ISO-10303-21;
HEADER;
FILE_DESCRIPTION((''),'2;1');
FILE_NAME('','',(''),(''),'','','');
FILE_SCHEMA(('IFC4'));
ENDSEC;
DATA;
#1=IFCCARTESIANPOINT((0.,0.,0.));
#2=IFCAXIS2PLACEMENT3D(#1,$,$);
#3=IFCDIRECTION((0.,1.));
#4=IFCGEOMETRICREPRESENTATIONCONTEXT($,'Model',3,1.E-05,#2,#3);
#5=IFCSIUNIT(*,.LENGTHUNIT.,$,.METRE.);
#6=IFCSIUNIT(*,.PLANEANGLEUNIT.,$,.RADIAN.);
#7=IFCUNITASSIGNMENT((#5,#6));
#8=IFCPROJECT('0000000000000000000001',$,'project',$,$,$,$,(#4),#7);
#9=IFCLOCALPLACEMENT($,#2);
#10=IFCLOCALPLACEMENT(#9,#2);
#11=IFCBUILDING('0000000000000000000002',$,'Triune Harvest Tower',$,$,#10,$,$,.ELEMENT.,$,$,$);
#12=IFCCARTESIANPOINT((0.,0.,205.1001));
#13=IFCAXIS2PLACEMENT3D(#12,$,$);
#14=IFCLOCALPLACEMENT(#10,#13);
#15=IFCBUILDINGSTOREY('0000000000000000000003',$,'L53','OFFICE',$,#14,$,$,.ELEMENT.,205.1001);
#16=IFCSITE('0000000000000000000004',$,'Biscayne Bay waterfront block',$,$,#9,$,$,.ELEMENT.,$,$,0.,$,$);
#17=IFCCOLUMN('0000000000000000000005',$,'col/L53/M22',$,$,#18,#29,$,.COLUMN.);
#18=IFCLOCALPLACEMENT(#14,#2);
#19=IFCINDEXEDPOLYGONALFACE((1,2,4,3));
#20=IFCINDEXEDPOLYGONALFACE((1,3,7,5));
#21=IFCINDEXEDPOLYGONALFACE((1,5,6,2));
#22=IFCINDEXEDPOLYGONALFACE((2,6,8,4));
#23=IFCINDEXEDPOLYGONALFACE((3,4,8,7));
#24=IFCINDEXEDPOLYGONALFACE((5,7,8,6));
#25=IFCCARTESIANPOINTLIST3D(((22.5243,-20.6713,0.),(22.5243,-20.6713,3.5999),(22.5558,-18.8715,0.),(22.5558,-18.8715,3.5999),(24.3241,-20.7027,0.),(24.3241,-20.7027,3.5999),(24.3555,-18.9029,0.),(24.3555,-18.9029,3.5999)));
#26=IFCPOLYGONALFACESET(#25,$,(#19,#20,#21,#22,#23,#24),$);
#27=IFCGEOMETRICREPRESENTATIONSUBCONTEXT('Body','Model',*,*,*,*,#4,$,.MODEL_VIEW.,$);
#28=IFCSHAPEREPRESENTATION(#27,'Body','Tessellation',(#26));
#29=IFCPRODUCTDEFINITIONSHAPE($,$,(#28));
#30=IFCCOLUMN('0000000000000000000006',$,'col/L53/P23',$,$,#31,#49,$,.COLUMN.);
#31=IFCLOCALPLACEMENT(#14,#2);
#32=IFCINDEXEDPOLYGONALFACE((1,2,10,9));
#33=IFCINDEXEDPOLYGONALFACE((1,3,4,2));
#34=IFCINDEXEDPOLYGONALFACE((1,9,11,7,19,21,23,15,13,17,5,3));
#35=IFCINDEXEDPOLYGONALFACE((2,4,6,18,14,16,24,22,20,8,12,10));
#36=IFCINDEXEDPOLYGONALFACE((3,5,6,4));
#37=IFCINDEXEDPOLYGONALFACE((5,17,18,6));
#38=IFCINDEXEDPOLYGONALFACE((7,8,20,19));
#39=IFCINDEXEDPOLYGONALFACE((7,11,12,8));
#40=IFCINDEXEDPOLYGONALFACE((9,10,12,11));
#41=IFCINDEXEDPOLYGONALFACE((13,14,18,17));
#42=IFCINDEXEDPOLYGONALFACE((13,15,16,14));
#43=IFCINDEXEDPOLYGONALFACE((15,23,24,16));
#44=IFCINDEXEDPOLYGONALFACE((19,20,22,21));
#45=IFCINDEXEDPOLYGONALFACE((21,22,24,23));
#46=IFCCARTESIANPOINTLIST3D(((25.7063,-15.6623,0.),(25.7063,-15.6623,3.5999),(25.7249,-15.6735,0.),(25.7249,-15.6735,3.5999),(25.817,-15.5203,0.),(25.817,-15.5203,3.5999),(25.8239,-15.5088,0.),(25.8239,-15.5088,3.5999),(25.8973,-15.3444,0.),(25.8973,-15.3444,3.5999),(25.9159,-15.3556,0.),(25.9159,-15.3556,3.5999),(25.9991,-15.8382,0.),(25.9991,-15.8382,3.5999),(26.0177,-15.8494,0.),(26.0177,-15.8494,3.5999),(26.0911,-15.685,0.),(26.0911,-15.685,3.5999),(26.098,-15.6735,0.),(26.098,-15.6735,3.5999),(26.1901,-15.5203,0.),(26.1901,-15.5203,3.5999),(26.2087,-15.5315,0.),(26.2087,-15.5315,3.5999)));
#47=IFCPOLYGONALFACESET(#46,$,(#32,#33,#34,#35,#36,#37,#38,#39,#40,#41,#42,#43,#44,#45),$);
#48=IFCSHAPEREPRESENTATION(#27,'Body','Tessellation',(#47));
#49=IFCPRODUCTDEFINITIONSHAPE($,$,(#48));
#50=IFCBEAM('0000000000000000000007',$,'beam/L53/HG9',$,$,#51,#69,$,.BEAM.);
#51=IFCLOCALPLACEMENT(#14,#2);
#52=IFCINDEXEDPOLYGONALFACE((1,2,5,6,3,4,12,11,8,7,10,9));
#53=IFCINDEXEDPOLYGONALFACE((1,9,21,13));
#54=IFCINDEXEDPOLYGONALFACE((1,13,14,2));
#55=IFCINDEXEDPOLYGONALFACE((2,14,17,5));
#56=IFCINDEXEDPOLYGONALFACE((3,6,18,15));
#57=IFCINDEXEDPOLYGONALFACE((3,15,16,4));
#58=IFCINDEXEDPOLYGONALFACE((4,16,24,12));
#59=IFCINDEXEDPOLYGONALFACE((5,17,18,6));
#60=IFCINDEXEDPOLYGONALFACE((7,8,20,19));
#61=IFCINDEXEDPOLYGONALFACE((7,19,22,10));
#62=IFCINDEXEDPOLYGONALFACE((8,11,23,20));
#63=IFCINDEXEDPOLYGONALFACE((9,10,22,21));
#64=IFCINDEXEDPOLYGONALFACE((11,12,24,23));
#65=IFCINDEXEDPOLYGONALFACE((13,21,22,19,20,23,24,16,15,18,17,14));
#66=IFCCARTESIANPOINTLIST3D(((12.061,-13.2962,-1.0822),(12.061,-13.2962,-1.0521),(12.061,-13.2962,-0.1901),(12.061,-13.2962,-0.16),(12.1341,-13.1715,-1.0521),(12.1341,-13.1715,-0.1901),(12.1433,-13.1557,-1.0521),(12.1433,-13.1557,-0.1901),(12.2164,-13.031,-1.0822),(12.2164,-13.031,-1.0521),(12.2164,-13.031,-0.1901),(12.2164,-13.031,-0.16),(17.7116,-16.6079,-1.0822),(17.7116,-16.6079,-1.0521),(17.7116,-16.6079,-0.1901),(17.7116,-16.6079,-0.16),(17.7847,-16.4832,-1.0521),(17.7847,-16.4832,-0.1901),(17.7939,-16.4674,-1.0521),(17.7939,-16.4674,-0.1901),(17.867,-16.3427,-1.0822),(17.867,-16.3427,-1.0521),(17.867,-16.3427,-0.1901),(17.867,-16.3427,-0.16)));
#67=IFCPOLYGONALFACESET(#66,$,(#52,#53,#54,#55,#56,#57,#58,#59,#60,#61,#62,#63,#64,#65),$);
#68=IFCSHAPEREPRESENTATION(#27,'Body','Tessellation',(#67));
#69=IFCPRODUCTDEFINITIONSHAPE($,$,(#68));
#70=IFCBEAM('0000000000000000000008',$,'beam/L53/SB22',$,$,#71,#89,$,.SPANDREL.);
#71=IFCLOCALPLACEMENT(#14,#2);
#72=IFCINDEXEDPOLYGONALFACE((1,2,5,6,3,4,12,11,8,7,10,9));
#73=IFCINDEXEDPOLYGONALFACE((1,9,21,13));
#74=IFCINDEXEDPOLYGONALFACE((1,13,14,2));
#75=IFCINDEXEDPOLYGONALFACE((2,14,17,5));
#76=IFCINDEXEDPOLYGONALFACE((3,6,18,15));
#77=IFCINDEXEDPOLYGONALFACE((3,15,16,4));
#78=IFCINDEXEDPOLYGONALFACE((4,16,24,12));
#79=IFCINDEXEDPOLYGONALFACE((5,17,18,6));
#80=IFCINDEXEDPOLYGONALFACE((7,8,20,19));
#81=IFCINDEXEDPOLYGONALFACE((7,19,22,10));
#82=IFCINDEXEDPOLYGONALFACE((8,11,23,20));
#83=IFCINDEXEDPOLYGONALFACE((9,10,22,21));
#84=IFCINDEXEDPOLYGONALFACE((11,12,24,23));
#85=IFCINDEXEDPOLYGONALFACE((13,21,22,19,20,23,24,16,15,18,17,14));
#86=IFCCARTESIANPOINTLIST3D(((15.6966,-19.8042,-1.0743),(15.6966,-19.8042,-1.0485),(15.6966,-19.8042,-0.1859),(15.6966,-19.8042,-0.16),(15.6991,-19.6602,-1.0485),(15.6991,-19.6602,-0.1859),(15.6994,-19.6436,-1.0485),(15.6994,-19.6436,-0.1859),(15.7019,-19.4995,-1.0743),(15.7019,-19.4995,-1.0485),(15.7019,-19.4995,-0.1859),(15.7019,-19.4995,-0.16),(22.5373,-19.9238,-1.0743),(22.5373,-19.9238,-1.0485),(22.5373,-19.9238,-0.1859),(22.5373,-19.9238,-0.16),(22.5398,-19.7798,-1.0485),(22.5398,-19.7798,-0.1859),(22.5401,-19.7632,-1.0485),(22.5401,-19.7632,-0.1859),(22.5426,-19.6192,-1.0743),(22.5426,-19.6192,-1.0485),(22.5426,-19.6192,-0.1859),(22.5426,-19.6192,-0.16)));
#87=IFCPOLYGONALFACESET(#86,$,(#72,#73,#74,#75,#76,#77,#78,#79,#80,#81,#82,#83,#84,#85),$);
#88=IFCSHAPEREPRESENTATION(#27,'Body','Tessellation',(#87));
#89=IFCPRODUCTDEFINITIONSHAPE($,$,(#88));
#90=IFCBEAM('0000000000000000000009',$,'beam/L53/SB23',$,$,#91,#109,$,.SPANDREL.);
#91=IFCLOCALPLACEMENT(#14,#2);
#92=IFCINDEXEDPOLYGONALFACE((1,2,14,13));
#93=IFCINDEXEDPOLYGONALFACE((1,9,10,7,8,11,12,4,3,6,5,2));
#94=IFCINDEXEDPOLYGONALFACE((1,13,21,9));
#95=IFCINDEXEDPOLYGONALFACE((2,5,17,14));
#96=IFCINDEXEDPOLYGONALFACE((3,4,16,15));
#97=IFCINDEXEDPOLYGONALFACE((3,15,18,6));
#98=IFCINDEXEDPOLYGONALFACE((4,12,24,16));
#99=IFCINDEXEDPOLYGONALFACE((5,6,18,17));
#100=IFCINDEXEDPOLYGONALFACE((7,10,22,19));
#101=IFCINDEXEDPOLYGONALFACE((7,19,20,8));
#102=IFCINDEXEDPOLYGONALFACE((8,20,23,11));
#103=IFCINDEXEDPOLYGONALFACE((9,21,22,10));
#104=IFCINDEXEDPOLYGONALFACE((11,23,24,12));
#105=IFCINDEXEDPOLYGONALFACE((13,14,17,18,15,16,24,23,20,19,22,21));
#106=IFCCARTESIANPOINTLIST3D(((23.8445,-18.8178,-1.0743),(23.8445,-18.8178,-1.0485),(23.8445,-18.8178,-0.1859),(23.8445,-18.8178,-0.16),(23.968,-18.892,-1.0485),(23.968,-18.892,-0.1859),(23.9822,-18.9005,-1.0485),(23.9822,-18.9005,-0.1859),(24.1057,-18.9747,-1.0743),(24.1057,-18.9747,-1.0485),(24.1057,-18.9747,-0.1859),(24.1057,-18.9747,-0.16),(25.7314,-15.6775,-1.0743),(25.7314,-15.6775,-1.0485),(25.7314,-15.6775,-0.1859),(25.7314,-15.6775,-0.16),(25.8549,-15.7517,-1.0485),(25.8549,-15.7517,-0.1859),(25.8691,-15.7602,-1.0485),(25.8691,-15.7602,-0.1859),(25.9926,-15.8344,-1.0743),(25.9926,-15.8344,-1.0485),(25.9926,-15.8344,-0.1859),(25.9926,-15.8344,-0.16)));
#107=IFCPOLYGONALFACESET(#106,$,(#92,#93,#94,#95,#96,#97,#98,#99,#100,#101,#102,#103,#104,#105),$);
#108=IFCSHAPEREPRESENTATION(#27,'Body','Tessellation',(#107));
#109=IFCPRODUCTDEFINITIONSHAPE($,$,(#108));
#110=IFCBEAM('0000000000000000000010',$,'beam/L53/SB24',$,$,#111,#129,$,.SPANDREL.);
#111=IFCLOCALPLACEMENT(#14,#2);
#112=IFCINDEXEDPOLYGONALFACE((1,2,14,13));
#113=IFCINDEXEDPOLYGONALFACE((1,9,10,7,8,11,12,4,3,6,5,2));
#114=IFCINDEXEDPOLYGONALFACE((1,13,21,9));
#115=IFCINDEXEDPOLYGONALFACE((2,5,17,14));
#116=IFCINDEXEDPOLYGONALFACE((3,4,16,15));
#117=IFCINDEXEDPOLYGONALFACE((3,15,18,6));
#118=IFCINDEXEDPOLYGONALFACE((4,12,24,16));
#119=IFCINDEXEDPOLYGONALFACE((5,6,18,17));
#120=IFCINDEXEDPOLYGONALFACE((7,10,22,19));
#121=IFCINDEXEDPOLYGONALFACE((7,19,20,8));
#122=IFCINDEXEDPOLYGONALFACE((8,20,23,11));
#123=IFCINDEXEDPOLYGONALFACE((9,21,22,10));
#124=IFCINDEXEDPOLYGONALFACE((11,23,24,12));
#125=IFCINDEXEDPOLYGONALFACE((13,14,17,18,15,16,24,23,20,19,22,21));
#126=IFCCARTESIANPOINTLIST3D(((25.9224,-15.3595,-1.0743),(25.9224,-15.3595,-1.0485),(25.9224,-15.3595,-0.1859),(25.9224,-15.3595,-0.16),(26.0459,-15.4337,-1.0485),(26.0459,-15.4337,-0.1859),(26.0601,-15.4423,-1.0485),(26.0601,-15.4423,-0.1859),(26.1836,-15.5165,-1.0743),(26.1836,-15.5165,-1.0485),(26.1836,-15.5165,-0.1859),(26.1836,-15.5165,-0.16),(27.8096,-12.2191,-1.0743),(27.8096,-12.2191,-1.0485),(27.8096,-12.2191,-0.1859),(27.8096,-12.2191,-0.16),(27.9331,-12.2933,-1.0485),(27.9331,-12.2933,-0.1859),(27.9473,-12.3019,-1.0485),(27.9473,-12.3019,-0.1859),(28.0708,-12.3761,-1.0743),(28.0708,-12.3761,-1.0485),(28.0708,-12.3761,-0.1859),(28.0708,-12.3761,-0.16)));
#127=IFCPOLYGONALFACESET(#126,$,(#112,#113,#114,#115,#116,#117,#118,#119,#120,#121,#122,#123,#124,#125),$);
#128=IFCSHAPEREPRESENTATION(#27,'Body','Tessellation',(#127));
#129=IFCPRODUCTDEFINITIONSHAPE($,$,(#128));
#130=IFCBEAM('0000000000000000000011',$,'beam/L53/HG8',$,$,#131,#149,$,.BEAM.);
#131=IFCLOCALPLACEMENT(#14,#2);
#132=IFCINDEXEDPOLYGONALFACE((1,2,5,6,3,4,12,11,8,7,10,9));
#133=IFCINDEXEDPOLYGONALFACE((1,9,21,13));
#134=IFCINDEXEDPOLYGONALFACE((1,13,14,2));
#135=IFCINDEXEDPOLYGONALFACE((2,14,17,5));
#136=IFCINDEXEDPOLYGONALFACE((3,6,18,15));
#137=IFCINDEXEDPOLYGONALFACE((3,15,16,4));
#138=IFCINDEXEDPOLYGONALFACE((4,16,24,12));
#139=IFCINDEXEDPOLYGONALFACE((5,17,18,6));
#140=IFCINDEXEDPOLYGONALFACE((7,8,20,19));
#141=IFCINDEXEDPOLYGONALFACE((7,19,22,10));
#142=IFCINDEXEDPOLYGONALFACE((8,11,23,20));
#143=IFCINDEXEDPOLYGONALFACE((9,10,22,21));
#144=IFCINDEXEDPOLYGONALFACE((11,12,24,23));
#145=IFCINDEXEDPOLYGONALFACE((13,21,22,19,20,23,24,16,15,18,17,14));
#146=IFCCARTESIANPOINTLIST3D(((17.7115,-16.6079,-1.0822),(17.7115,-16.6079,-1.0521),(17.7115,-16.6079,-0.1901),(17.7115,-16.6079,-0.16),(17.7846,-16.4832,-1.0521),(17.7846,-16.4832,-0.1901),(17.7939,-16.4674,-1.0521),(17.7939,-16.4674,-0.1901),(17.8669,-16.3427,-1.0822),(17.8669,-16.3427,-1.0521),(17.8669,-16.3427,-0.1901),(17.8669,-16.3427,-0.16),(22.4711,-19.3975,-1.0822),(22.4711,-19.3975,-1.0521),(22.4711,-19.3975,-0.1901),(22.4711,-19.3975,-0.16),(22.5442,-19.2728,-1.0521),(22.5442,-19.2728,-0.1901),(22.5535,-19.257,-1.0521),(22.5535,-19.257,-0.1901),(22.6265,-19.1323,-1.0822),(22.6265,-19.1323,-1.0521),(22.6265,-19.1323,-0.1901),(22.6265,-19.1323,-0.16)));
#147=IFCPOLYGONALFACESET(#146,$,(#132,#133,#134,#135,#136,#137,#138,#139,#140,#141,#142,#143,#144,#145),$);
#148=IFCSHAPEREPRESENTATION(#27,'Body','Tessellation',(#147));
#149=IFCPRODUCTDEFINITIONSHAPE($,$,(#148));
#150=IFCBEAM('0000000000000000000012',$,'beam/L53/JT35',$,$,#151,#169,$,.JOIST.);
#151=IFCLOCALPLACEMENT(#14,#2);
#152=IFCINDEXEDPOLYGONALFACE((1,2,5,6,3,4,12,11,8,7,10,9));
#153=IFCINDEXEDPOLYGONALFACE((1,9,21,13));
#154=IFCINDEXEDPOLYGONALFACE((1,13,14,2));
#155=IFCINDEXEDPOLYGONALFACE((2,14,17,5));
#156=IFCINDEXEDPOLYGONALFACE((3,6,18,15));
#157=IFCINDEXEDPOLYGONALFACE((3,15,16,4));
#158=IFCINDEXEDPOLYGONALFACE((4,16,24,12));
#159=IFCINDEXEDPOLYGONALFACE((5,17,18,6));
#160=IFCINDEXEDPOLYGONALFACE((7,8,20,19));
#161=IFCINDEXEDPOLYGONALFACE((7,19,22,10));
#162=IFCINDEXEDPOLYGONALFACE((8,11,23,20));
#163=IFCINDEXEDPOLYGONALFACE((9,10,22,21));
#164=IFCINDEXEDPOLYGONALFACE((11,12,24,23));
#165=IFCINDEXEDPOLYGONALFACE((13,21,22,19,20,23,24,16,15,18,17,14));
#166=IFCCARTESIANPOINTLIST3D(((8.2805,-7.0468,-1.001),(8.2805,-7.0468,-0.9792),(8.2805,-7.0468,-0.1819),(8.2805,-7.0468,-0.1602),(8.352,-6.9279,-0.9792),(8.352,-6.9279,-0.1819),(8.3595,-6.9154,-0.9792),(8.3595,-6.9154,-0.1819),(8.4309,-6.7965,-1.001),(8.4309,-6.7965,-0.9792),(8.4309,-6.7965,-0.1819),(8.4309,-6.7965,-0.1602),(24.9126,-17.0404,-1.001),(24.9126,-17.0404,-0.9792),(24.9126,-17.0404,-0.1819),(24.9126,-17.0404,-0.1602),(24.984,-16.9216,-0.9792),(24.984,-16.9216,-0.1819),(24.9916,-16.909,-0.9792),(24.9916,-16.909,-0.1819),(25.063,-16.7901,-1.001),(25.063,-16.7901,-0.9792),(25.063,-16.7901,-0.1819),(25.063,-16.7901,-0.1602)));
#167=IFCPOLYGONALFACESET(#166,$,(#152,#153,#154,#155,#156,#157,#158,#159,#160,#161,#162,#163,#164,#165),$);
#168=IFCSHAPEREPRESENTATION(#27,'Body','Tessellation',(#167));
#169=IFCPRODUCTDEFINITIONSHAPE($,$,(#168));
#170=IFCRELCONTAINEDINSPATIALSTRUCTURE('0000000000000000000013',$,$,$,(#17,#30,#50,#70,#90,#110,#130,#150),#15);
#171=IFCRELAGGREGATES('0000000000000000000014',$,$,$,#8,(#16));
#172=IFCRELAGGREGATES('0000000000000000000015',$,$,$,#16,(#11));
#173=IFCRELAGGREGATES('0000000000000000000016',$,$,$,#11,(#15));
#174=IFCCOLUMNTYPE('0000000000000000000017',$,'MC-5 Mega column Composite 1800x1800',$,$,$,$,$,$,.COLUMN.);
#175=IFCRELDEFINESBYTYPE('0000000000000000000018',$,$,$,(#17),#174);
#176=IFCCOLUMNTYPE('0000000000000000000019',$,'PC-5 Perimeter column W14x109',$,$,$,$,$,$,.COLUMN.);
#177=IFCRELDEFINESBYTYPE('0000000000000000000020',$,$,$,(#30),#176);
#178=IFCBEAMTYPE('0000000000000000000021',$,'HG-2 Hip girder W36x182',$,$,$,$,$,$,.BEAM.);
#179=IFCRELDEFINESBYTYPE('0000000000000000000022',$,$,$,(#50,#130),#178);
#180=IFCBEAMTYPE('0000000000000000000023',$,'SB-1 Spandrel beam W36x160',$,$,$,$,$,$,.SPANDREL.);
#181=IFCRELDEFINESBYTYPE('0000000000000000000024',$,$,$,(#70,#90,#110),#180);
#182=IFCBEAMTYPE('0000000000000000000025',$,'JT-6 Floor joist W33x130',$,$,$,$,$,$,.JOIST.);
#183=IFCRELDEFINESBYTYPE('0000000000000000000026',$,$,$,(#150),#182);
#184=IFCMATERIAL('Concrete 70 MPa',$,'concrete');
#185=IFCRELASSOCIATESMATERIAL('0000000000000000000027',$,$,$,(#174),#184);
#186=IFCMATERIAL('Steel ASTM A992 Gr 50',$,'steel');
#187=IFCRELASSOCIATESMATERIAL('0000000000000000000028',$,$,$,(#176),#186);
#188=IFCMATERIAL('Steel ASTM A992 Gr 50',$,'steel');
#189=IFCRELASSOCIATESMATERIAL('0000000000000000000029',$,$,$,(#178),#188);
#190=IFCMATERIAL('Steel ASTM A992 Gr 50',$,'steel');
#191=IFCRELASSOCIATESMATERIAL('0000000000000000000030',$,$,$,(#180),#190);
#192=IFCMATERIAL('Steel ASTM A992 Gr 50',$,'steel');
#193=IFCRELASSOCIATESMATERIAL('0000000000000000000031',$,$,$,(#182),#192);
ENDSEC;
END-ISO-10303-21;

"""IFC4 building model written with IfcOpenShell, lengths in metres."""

from ifc_helpers import new_model, si_unit, direction, frame, origin, origin_2d, place, context, subcontext, project, spatial, rectangle, i_section, extrude, source, transform, mapped, material, material_profile, profile_set, type_object, element, save


model = new_model("IFC4")

# Units and contexts
model_context = context("Model", 3, precision=1e-05, world=origin(), true_north=direction((0.0, 1.0)))
body_context = subcontext(model_context, "Body", "Model", "MODEL_VIEW")
ifc_project = project(units=[si_unit("LENGTHUNIT", "METRE"), si_unit("PLANEANGLEUNIT", "RADIAN")], contexts=[model_context])

# Site, building, storey
site_placement = place(None, origin())
site = spatial("IfcSite", under=ifc_project, at=site_placement, Name="Biscayne Bay waterfront block", CompositionType="ELEMENT", RefElevation=0.0)
building_placement = place(site_placement, origin())
building = spatial("IfcBuilding", under=site, at=building_placement, Name="Triune Harvest Tower", CompositionType="ELEMENT")
storey_placement = place(building_placement, frame((0.0, 0.0, 205.1001)))
storey = spatial("IfcBuildingStorey", under=building, at=storey_placement, Name="L53", Description="OFFICE", CompositionType="ELEMENT", Elevation=205.1001)

# Columns
ifc_material_1 = material(Name="Concrete 70 MPa", Category="concrete")
ifc_material_profile_1 = material_profile(ifc_material_1, rectangle(XDim=1.8, YDim=1.8, at=origin_2d()), Name="Composite 1800x1800")
ifc_profile_set_1 = profile_set([ifc_material_profile_1], Name="Concrete 70 MPa")
column_type_1 = type_object("IfcColumnType", Name="MC-5 Mega column Composite 1800x1800", PredefinedType="COLUMN", material=ifc_profile_set_1)
shared_shape_1 = source(origin(), body_context, "Body", "SweptSolid", [
    extrude(rectangle(XDim=1.8, YDim=1.8, at=origin_2d()), origin(), (0.0, 0.0, 1.0), 3.5999),
])
column_1_placement = place(storey_placement, frame((23.4399, -19.7871, 0.0), z_axis=(0.0, 0.0, 1.0), x_axis=(0.999848, -0.017452, 0.0)))
element("IfcColumn", 1, at=column_1_placement, inside=storey, type_object=column_type_1, Name="col/L53/M22", PredefinedType="COLUMN", context=body_context, shape_type="MappedRepresentation", body=[
    mapped(shared_shape_1, transform((0.0, 0.0, 0.0), scale=1.0)),
])
ifc_material_2 = material(Name="Steel ASTM A992 Gr 50", Category="steel")
ifc_material_profile_2 = material_profile(ifc_material_2, i_section(OverallWidth=0.3708, OverallDepth=0.3633, WebThickness=0.0134, FlangeThickness=0.0217, at=origin_2d()), Name="W14x109")
ifc_profile_set_2 = profile_set([ifc_material_profile_2], Name="Steel ASTM A992 Gr 50")
column_type_2 = type_object("IfcColumnType", Name="PC-5 Perimeter column W14x109", PredefinedType="COLUMN", material=ifc_profile_set_2)
shared_shape_2 = source(origin(), body_context, "Body", "SweptSolid", [
    extrude(i_section(OverallWidth=0.3708, OverallDepth=0.3633, WebThickness=0.0134, FlangeThickness=0.0217, at=origin_2d()), origin(), (0.0, 0.0, 1.0), 3.5999),
])
column_2_placement = place(storey_placement, frame((25.9575, -15.5969, 0.0), z_axis=(0.0, 0.0, 1.0), x_axis=(0.51504, 0.857166, 0.0)))
element("IfcColumn", 2, at=column_2_placement, inside=storey, type_object=column_type_2, Name="col/L53/P23", PredefinedType="COLUMN", context=body_context, shape_type="MappedRepresentation", body=[
    mapped(shared_shape_2, transform((0.0, 0.0, 0.0), scale=1.0)),
])

# Beams
ifc_material_3 = material(Name="Steel ASTM A992 Gr 50", Category="steel")
ifc_material_profile_3 = material_profile(ifc_material_3, i_section(OverallWidth=0.3074, OverallDepth=0.9221, WebThickness=0.0183, FlangeThickness=0.03, at=origin_2d()), Name="W36x182")
ifc_profile_set_3 = profile_set([ifc_material_profile_3], Name="Steel ASTM A992 Gr 50")
beam_type_1 = type_object("IfcBeamType", Name="HG-2 Hip girder W36x182", PredefinedType="BEAM", material=ifc_profile_set_3)
shared_shape_3 = source(origin(), body_context, "Body", "SweptSolid", [
    extrude(i_section(OverallWidth=0.3074, OverallDepth=0.9221, WebThickness=0.0183, FlangeThickness=0.03, at=origin_2d()), origin(), (0.0, 0.0, 1.0), 6.5496),
])
beam_1_placement = place(storey_placement, frame((17.7893, -16.4753, -0.6211), z_axis=(-0.862743, 0.505643, 0.0), x_axis=(-0.505643, -0.862743, 0.0)))
element("IfcBeam", 3, at=beam_1_placement, inside=storey, type_object=beam_type_1, Name="beam/L53/HG9", PredefinedType="BEAM", context=body_context, shape_type="MappedRepresentation", body=[
    mapped(shared_shape_3, transform((0.0, 0.0, 0.0), scale=1.0)),
])
ifc_material_4 = material(Name="Steel ASTM A992 Gr 50", Category="steel")
ifc_material_profile_4 = material_profile(ifc_material_4, i_section(OverallWidth=0.3047, OverallDepth=0.9143, WebThickness=0.0166, FlangeThickness=0.0259, at=origin_2d()), Name="W36x160")
ifc_profile_set_4 = profile_set([ifc_material_profile_4], Name="Steel ASTM A992 Gr 50")
beam_type_2 = type_object("IfcBeamType", Name="SB-1 Spandrel beam W36x160", PredefinedType="SPANDREL", material=ifc_profile_set_4)
shared_shape_4 = source(origin(), body_context, "Body", "SweptSolid", [
    extrude(i_section(OverallWidth=0.3047, OverallDepth=0.9143, WebThickness=0.0166, FlangeThickness=0.0259, at=origin_2d()), origin(), (0.0, 0.0, 1.0), 6.8418),
])
beam_2_placement = place(storey_placement, frame((15.6992, -19.6519, -0.6172), z_axis=(0.999847, -0.017485, 0.0), x_axis=(0.017485, 0.999847, 0.0)))
element("IfcBeam", 4, at=beam_2_placement, inside=storey, type_object=beam_type_2, Name="beam/L53/SB22", PredefinedType="SPANDREL", context=body_context, shape_type="MappedRepresentation", body=[
    mapped(shared_shape_4, transform((0.0, 0.0, 0.0), scale=1.0)),
])
shared_shape_5 = source(origin(), body_context, "Body", "SweptSolid", [
    extrude(i_section(OverallWidth=0.3047, OverallDepth=0.9143, WebThickness=0.0166, FlangeThickness=0.0259, at=origin_2d()), origin(), (0.0, 0.0, 1.0), 3.6636),
])
beam_3_placement = place(storey_placement, frame((23.9751, -18.8962, -0.6172), z_axis=(0.515044, 0.857163, 0.0), x_axis=(-0.857163, 0.515044, 0.0)))
element("IfcBeam", 5, at=beam_3_placement, inside=storey, type_object=beam_type_2, Name="beam/L53/SB23", PredefinedType="SPANDREL", context=body_context, shape_type="MappedRepresentation", body=[
    mapped(shared_shape_5, transform((0.0, 0.0, 0.0), scale=1.0)),
])
shared_shape_6 = source(origin(), body_context, "Body", "SweptSolid", [
    extrude(i_section(OverallWidth=0.3047, OverallDepth=0.9143, WebThickness=0.0166, FlangeThickness=0.0259, at=origin_2d()), origin(), (0.0, 0.0, 1.0), 3.6638),
])
beam_4_placement = place(storey_placement, frame((26.053, -15.438, -0.6172), z_axis=(0.515093, 0.857134, 0.0), x_axis=(-0.857134, 0.515093, 0.0)))
element("IfcBeam", 6, at=beam_4_placement, inside=storey, type_object=beam_type_2, Name="beam/L53/SB24", PredefinedType="SPANDREL", context=body_context, shape_type="MappedRepresentation", body=[
    mapped(shared_shape_6, transform((0.0, 0.0, 0.0), scale=1.0)),
])
shared_shape_7 = source(origin(), body_context, "Body", "SweptSolid", [
    extrude(i_section(OverallWidth=0.3074, OverallDepth=0.9221, WebThickness=0.0183, FlangeThickness=0.03, at=origin_2d()), origin(), (0.0, 0.0, 1.0), 5.5168),
])
beam_5_placement = place(storey_placement, frame((22.5488, -19.2649, -0.6211), z_axis=(-0.862739, 0.50565, 0.0), x_axis=(-0.50565, -0.862739, 0.0)))
element("IfcBeam", 7, at=beam_5_placement, inside=storey, type_object=beam_type_1, Name="beam/L53/HG8", PredefinedType="BEAM", context=body_context, shape_type="MappedRepresentation", body=[
    mapped(shared_shape_7, transform((0.0, 0.0, 0.0), scale=1.0)),
])
ifc_material_5 = material(Name="Steel ASTM A992 Gr 50", Category="steel")
ifc_material_profile_5 = material_profile(ifc_material_5, i_section(OverallWidth=0.292, OverallDepth=0.8408, WebThickness=0.0146, FlangeThickness=0.0217, at=origin_2d()), Name="W33x130")
ifc_profile_set_5 = profile_set([ifc_material_profile_5], Name="Steel ASTM A992 Gr 50")
beam_type_3 = type_object("IfcBeamType", Name="JT-6 Floor joist W33x130", PredefinedType="JOIST", material=ifc_profile_set_5)
shared_shape_8 = source(origin(), body_context, "Body", "SweptSolid", [
    extrude(i_section(OverallWidth=0.292, OverallDepth=0.8408, WebThickness=0.0146, FlangeThickness=0.0217, at=origin_2d()), origin(), (0.0, 0.0, 1.0), 19.4036),
])
beam_6_placement = place(storey_placement, frame((24.9878, -16.9153, -0.5806), z_axis=(-0.857165, 0.515041, 0.0), x_axis=(-0.515041, -0.857165, 0.0)))
element("IfcBeam", 8, at=beam_6_placement, inside=storey, type_object=beam_type_3, Name="beam/L53/JT35", PredefinedType="JOIST", context=body_context, shape_type="MappedRepresentation", body=[
    mapped(shared_shape_8, transform((0.0, 0.0, 0.0), scale=1.0)),
])

save(model, "model.ifc")
